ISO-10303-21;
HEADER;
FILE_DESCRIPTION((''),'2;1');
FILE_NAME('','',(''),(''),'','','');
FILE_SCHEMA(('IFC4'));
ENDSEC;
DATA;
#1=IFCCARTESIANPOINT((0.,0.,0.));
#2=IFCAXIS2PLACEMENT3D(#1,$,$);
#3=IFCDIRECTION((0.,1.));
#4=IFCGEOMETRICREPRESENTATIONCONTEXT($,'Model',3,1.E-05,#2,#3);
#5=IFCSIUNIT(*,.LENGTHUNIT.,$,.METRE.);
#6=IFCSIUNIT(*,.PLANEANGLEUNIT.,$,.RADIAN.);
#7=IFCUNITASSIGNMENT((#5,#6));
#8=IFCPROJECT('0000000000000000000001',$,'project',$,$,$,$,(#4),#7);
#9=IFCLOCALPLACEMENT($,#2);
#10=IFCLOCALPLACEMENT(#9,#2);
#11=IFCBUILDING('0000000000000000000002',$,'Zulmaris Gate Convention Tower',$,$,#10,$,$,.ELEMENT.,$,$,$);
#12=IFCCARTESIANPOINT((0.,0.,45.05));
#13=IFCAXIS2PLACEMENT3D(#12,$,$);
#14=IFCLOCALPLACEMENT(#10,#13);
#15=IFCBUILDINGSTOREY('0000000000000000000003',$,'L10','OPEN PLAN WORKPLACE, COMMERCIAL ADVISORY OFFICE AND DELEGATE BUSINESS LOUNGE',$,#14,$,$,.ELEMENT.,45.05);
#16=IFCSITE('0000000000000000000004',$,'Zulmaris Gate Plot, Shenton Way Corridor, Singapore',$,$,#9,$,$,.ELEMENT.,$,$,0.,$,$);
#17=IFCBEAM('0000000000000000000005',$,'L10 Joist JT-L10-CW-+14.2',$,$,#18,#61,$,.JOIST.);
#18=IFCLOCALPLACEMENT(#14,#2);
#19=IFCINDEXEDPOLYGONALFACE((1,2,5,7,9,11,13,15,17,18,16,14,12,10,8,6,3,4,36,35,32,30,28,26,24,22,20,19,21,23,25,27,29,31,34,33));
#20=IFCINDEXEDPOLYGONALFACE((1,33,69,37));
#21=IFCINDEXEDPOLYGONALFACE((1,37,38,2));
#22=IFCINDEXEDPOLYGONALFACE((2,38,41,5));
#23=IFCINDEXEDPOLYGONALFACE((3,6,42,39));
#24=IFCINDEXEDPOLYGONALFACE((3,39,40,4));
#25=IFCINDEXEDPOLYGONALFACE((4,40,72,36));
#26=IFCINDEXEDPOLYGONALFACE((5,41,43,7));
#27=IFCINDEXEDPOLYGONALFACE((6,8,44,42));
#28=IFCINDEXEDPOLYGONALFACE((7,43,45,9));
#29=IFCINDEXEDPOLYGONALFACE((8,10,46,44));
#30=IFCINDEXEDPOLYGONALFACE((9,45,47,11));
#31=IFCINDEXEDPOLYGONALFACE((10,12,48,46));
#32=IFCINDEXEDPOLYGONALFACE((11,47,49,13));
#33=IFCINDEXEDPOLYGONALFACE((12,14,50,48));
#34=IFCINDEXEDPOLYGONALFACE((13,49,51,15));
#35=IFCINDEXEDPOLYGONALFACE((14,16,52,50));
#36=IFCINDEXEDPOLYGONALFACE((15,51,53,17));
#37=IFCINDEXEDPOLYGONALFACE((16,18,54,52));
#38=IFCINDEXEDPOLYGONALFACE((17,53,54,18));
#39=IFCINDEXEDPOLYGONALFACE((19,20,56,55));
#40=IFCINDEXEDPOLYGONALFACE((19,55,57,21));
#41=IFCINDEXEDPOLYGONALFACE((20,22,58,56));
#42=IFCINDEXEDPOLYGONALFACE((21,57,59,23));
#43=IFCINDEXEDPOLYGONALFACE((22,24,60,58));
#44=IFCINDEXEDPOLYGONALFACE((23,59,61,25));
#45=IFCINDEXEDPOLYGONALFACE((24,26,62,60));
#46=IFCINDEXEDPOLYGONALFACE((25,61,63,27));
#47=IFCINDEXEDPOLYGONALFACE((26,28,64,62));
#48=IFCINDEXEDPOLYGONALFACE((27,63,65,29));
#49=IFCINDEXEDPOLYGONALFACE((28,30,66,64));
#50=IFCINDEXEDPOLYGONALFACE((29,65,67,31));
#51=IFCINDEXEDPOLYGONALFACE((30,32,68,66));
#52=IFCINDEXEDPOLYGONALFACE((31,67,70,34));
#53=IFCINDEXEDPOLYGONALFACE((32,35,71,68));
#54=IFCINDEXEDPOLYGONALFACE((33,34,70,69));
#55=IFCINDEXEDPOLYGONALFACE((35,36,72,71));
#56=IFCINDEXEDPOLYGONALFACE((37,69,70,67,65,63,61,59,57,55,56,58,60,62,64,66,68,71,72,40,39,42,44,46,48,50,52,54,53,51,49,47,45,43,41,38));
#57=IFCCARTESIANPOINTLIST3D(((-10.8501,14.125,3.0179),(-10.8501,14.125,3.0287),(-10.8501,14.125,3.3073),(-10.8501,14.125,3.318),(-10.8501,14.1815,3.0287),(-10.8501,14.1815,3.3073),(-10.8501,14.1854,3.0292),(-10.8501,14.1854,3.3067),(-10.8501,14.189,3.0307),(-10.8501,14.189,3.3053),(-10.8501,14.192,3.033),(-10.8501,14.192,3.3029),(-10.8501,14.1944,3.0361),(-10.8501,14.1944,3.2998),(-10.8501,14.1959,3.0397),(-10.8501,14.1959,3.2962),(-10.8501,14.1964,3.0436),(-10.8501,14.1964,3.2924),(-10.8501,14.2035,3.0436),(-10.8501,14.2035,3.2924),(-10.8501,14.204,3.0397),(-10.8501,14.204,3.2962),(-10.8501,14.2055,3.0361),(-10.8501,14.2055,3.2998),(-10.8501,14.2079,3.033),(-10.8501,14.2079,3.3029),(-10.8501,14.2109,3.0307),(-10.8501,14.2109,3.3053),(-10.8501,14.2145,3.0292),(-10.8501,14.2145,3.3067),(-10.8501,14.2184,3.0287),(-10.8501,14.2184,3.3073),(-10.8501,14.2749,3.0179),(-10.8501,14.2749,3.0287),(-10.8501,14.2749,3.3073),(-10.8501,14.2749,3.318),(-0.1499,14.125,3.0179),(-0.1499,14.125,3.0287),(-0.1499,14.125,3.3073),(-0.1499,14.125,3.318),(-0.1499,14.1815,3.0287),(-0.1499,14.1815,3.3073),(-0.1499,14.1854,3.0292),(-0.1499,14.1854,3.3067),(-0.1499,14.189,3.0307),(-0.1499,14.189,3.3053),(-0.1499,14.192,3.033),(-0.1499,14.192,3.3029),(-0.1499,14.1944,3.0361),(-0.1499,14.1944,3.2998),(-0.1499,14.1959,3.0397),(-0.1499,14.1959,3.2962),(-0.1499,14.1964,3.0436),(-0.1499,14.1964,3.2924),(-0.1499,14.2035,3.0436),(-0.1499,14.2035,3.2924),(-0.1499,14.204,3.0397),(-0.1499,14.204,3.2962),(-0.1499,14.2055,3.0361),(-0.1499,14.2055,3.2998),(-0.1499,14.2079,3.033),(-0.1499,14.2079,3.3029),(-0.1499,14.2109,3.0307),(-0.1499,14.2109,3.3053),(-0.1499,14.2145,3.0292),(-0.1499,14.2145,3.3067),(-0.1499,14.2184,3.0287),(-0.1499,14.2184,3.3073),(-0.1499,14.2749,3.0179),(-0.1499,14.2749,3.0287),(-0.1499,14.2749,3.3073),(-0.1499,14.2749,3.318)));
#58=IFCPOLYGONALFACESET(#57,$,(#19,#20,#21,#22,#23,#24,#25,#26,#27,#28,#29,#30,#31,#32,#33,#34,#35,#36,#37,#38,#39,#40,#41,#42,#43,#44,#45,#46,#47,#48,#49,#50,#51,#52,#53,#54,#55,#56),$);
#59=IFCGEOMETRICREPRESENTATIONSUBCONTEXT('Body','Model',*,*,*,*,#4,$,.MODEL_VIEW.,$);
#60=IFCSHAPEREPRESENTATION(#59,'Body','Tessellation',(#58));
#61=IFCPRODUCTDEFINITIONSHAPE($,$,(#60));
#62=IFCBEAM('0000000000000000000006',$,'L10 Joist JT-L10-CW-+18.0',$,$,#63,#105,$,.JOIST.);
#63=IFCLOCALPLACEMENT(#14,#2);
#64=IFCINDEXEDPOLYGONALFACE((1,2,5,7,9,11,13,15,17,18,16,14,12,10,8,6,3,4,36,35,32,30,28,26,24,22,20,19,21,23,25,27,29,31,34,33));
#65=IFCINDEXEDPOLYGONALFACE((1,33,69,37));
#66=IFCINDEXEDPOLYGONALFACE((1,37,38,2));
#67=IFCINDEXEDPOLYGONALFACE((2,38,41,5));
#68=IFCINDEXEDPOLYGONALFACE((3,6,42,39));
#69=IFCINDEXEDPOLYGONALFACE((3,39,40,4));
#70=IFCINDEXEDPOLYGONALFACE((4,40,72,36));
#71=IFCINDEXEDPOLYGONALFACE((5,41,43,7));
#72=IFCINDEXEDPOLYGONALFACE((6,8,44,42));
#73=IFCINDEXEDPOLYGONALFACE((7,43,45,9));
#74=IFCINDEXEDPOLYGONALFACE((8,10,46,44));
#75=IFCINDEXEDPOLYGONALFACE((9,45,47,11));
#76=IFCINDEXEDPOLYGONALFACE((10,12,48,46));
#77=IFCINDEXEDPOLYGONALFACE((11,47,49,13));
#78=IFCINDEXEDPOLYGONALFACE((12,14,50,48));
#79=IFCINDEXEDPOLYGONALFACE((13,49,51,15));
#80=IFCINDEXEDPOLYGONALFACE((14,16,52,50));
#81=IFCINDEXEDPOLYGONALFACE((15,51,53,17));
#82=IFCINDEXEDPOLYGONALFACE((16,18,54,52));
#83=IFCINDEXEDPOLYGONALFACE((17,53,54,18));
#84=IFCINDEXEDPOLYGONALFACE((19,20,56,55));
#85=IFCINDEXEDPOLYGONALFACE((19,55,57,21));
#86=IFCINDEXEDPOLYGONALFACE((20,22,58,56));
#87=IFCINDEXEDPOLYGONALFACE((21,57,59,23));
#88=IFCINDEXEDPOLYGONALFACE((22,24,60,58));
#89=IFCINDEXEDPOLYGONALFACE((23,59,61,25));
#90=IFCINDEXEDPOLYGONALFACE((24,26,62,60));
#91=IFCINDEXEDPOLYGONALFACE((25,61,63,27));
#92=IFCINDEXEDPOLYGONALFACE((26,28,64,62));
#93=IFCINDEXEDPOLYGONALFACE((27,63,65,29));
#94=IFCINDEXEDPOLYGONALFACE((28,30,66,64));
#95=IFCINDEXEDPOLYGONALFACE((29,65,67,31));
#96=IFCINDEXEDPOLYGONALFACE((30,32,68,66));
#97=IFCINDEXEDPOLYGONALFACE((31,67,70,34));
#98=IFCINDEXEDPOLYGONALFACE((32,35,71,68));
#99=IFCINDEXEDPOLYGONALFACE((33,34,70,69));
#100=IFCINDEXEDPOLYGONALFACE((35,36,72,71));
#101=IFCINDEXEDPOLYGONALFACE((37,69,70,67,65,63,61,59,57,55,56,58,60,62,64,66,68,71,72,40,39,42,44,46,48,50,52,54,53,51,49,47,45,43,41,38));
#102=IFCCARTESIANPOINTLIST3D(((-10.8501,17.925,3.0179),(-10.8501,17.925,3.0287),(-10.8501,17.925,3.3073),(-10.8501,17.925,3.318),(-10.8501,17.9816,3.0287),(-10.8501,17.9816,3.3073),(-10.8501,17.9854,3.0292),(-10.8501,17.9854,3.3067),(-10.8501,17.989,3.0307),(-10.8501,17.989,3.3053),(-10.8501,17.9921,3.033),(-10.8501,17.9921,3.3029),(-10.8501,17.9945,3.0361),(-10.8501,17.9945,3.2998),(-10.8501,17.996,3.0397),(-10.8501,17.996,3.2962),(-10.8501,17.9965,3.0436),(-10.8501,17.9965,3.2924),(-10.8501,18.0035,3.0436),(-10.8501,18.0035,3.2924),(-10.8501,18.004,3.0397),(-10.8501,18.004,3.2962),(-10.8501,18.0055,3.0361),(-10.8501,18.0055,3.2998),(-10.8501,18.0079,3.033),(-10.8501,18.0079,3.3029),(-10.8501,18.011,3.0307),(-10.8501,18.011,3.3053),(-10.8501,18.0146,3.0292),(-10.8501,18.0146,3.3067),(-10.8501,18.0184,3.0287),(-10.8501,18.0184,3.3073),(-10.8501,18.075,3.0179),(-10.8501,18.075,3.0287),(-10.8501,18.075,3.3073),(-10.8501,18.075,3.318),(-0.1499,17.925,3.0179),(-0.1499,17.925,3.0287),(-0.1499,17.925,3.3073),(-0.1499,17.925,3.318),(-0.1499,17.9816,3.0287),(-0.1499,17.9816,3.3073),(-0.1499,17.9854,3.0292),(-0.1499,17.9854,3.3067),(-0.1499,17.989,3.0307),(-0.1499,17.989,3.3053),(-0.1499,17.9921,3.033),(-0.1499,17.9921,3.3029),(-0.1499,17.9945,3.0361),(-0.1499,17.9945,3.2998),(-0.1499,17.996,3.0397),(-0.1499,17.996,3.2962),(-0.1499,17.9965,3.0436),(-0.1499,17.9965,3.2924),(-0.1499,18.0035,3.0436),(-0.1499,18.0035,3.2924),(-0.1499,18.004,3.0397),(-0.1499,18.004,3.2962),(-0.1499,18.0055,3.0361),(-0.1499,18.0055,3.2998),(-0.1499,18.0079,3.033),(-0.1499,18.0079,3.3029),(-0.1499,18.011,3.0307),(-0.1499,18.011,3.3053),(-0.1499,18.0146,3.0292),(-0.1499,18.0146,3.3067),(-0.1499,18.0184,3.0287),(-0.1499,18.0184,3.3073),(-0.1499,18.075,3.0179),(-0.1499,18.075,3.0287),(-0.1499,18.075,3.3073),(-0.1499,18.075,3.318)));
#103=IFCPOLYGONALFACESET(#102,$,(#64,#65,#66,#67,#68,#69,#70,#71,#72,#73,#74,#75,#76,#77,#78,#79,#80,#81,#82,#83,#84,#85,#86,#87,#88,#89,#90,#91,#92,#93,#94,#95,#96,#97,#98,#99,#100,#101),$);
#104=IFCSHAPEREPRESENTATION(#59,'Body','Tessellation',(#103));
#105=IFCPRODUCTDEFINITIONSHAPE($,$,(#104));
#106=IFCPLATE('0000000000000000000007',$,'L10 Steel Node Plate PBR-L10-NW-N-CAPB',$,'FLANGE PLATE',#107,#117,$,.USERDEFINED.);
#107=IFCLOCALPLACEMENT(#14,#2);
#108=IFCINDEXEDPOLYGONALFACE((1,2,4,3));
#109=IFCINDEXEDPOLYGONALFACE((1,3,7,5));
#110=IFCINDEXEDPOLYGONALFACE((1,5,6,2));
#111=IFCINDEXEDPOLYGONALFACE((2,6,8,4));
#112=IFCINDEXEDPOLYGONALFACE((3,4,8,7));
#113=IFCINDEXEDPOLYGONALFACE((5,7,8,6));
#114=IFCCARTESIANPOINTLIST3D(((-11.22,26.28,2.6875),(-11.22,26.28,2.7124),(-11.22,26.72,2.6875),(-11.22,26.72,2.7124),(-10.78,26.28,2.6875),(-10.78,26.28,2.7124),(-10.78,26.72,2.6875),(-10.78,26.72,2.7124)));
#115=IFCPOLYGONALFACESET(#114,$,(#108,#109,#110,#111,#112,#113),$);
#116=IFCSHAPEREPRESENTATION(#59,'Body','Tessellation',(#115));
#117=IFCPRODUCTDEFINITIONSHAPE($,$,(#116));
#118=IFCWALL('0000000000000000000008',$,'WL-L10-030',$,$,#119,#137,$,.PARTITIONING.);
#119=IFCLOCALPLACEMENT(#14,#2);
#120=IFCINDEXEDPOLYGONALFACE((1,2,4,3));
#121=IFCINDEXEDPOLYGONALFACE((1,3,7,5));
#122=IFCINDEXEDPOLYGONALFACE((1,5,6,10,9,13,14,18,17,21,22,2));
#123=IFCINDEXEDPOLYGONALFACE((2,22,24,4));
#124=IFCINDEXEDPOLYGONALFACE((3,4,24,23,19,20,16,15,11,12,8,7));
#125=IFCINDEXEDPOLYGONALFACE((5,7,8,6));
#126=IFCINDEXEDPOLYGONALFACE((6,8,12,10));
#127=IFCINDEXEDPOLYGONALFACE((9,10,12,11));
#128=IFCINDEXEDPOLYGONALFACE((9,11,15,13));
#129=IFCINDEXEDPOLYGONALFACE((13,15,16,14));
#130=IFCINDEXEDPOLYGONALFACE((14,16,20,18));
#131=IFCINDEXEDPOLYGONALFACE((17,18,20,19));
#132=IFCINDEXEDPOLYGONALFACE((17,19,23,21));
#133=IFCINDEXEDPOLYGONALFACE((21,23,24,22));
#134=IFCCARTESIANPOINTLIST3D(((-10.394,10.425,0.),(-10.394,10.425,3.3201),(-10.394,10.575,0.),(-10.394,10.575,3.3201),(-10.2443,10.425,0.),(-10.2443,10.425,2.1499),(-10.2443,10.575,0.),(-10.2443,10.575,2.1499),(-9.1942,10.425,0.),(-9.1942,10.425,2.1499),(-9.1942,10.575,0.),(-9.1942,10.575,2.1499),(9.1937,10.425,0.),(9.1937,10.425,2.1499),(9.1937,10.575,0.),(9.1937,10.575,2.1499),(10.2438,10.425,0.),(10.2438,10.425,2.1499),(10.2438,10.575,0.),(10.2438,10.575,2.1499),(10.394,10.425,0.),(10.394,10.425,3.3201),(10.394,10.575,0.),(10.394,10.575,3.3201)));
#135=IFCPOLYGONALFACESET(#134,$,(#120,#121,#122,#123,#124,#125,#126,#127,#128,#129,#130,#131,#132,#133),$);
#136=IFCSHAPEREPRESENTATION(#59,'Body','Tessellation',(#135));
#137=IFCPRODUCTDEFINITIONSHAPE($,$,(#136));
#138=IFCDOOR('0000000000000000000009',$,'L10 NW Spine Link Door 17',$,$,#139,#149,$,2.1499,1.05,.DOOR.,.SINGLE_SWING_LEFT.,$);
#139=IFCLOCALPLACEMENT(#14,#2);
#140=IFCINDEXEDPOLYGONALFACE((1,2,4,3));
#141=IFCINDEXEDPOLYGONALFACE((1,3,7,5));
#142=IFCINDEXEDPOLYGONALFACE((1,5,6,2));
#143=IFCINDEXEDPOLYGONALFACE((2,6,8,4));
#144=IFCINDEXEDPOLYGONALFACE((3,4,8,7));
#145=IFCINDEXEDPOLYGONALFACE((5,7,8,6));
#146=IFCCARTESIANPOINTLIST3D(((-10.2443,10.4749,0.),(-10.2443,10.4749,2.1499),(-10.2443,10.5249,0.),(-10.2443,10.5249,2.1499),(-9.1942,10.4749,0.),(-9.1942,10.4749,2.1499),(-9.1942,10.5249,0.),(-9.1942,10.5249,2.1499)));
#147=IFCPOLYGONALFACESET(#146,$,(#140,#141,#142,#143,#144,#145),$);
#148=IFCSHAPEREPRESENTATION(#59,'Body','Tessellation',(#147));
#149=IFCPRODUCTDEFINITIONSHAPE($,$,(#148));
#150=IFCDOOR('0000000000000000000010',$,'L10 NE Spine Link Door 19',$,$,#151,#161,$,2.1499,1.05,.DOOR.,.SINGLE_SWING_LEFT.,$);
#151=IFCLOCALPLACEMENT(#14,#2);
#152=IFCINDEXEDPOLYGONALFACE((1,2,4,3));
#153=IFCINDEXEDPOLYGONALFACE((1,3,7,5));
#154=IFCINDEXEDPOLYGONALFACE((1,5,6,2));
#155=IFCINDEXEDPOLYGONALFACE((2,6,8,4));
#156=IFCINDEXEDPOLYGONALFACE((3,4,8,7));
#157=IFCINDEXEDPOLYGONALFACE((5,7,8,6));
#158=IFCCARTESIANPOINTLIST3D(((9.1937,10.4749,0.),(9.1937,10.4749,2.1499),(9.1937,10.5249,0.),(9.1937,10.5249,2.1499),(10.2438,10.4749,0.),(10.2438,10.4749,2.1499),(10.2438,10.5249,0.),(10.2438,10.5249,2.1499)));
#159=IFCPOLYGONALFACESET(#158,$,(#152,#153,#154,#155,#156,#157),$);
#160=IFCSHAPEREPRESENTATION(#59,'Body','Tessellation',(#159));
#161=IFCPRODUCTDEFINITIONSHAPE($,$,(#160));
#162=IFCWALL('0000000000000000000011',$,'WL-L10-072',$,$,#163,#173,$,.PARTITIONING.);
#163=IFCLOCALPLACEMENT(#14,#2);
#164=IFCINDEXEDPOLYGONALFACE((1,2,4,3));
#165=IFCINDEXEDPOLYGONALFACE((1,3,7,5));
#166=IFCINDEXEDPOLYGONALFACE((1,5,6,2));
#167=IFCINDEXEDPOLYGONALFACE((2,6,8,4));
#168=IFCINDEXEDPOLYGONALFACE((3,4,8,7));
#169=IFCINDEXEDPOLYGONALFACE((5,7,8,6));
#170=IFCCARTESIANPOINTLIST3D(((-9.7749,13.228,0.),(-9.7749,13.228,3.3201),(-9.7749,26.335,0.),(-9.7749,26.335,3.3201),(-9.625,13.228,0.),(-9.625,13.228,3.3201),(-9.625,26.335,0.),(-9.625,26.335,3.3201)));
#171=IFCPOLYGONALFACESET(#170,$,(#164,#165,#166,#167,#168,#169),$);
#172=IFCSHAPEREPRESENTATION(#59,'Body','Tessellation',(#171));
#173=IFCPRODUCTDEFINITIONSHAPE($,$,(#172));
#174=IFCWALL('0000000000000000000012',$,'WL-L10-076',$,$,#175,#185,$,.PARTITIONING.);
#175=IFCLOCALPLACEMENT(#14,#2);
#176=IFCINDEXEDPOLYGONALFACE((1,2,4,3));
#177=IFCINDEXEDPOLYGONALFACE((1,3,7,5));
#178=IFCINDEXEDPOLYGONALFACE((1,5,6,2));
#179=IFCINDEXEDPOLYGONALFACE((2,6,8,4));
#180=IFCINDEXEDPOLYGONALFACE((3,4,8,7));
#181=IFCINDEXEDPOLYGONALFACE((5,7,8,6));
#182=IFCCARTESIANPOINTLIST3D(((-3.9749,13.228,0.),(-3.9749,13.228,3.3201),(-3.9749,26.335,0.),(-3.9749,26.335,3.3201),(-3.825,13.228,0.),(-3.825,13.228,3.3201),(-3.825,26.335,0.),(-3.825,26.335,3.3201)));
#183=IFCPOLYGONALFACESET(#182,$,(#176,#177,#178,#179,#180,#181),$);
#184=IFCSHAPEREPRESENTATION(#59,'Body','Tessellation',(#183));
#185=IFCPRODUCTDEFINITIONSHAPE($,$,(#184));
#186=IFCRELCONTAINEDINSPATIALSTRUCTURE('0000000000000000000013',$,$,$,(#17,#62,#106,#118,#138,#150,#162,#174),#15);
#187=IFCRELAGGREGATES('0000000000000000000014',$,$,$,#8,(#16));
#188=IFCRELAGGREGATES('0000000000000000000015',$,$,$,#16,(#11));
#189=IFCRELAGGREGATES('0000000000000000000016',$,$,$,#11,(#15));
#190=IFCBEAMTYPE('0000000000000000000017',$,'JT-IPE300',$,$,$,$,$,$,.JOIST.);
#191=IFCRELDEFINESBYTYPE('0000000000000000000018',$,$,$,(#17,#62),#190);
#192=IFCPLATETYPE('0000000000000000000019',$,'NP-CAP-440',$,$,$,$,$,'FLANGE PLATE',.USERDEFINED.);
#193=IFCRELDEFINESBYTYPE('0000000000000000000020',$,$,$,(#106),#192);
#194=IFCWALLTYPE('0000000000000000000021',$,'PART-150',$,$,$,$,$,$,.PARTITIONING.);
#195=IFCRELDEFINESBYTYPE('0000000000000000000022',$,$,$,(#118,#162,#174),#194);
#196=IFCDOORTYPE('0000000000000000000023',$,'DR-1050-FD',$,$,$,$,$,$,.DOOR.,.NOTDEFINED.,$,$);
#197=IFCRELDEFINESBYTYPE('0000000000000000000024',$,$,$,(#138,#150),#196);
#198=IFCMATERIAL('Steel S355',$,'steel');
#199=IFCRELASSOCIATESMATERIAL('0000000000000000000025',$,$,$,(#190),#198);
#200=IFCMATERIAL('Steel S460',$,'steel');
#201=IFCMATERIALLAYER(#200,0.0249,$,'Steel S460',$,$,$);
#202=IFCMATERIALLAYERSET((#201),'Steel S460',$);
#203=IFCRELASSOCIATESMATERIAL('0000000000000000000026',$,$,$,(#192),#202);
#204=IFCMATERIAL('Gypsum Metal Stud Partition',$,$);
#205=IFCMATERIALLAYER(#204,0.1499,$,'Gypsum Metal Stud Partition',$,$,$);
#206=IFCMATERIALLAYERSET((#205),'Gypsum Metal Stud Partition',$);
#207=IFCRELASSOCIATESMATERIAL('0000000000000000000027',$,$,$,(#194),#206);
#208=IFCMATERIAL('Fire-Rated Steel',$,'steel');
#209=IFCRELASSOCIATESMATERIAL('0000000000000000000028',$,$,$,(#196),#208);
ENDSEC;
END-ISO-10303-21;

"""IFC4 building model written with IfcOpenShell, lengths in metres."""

from ifc_helpers import new_model, si_unit, direction, frame, frame_2d, origin, origin_2d, place, context, subcontext, project, spatial, rectangle, i_section, extrude, material, layer, layer_set, material_profile, profile_set, type_object, element, fill, save


model = new_model("IFC4")

# Units and contexts
model_context = context("Model", 3, precision=1e-05, world=origin(), true_north=direction((0.0, 1.0)))
body_context = subcontext(model_context, "Body", "Model", "MODEL_VIEW")
ifc_project = project(units=[si_unit("LENGTHUNIT", "METRE"), si_unit("PLANEANGLEUNIT", "RADIAN")], contexts=[model_context])

# Site, building, storey
site_placement = place(None, origin())
site = spatial("IfcSite", under=ifc_project, at=site_placement, Name="Zulmaris Gate Plot, Shenton Way Corridor, Singapore", CompositionType="ELEMENT", RefElevation=0.0)
building_placement = place(site_placement, origin())
building = spatial("IfcBuilding", under=site, at=building_placement, Name="Zulmaris Gate Convention Tower", CompositionType="ELEMENT")
storey_placement = place(building_placement, frame((0.0, 0.0, 45.05)))
storey = spatial("IfcBuildingStorey", under=building, at=storey_placement, Name="L10", Description="OPEN PLAN WORKPLACE, COMMERCIAL ADVISORY OFFICE AND DELEGATE BUSINESS LOUNGE", CompositionType="ELEMENT", Elevation=45.05)

# Beams
ifc_material_1 = material(Name="Steel S355", Category="steel")
ifc_material_profile_1 = material_profile(ifc_material_1, i_section(OverallWidth=0.1499, OverallDepth=0.3, WebThickness=0.0071, FlangeThickness=0.0107, FilletRadius=0.0149, at=origin_2d()), Name="IPE 300")
ifc_profile_set_1 = profile_set([ifc_material_profile_1], Name="Steel S355")
beam_type_1 = type_object("IfcBeamType", Name="JT-IPE300", PredefinedType="JOIST", material=ifc_profile_set_1)
for number, where, z_axis, x_axis, name in (
    (1, (-10.8501, 14.2, 3.168), (1.0, 0.0, 0.0), (0.0, 1.0, 0.0), "L10 Joist JT-L10-CW-+14.2"),
    (2, (-10.8501, 18.0, 3.168), (1.0, 0.0, 0.0), (0.0, 1.0, 0.0), "L10 Joist JT-L10-CW-+18.0"),
):
    element("IfcBeam", number, at=place(storey_placement, frame(where, z_axis=z_axis, x_axis=x_axis)), inside=storey, type_object=beam_type_1, Name=name, PredefinedType="JOIST", context=body_context, shape_type="SweptSolid", body=[
        extrude(i_section(OverallWidth=0.1499, OverallDepth=0.3, WebThickness=0.0071, FlangeThickness=0.0107, FilletRadius=0.0149, at=origin_2d()), origin(), (0.0, 0.0, 1.0), 10.7002),
    ])

# Plate
ifc_material_2 = material(Name="Steel S460", Category="steel")
ifc_layer_1 = layer(ifc_material_2, 0.0249, Name="Steel S460")
ifc_layer_set_1 = layer_set([ifc_layer_1], Name="Steel S460")
plate_type = type_object("IfcPlateType", Name="NP-CAP-440", ElementType="FLANGE PLATE", PredefinedType="USERDEFINED", material=ifc_layer_set_1)
plate_placement = place(storey_placement, frame((-11.0, 26.5, 2.6875), z_axis=(0.0, 0.0, 1.0), x_axis=(1.0, 0.0, 0.0)))
element("IfcPlate", 3, at=plate_placement, inside=storey, type_object=plate_type, Name="L10 Steel Node Plate PBR-L10-NW-N-CAPB", ObjectType="FLANGE PLATE", PredefinedType="USERDEFINED", context=body_context, shape_type="SweptSolid", body=[
    extrude(rectangle(XDim=0.4399, YDim=0.4399, at=origin_2d()), origin(), (0.0, 0.0, 1.0), 0.0249),
])

# Wall, openings, doors
ifc_material_3 = material(Name="Gypsum Metal Stud Partition")
ifc_layer_2 = layer(ifc_material_3, 0.1499, Name="Gypsum Metal Stud Partition")
ifc_layer_set_2 = layer_set([ifc_layer_2], Name="Gypsum Metal Stud Partition")
wall_type_1 = type_object("IfcWallType", Name="PART-150", PredefinedType="PARTITIONING", material=ifc_layer_set_2)
wall_1_placement = place(storey_placement, frame((-10.394, 10.5, 0.0), z_axis=(0.0, 0.0, 1.0), x_axis=(1.0, 0.0, 0.0)))
wall_1 = element("IfcWall", 4, at=wall_1_placement, inside=storey, type_object=wall_type_1, Name="WL-L10-030", PredefinedType="PARTITIONING", context=body_context, shape_type="SweptSolid", body=[
    extrude(rectangle(XDim=20.7881, YDim=0.1499, at=frame_2d((10.394, 0.0))), origin(), (0.0, 0.0, 1.0), 3.3201),
])
opening_1_placement = place(wall_1_placement, frame((0.1499, 0.0, 0.0)))
opening_1 = element("IfcOpeningElement", 5, at=opening_1_placement, cuts=wall_1, PredefinedType="OPENING", context=body_context, shape_type="SweptSolid", body=[
    extrude(rectangle(XDim=1.05, YDim=2.1499, at=frame_2d((0.5249, 1.075))), frame((0.0, 0.085, 0.0), z_axis=(0.0, -1.0, 0.0), x_axis=(1.0, 0.0, 0.0)), (0.0, 0.0, 1.0), 0.1699),
])
opening_2_placement = place(wall_1_placement, frame((19.5879, 0.0, 0.0)))
opening_2 = element("IfcOpeningElement", 6, at=opening_2_placement, cuts=wall_1, PredefinedType="OPENING", context=body_context, shape_type="SweptSolid", body=[
    extrude(rectangle(XDim=1.05, YDim=2.1499, at=frame_2d((0.5249, 1.075))), frame((0.0, 0.085, 0.0), z_axis=(0.0, -1.0, 0.0), x_axis=(1.0, 0.0, 0.0)), (0.0, 0.0, 1.0), 0.1699),
])
ifc_material_4 = material(Name="Fire-Rated Steel", Category="steel")
door_type_1 = type_object("IfcDoorType", Name="DR-1050-FD", OperationType="NOTDEFINED", PredefinedType="DOOR", material=ifc_material_4)
door_1_placement = place(opening_1_placement, origin())
door_1 = element("IfcDoor", 7, at=door_1_placement, inside=storey, type_object=door_type_1, Name="L10 NW Spine Link Door 17", OperationType="SINGLE_SWING_LEFT", OverallHeight=2.1499, OverallWidth=1.05, PredefinedType="DOOR", context=body_context, shape_type="SweptSolid", body=[
    extrude(rectangle(XDim=1.05, YDim=2.1499, at=frame_2d((0.5249, 1.075))), frame((0.0, 0.0249, 0.0), z_axis=(0.0, -1.0, 0.0), x_axis=(1.0, 0.0, 0.0)), (0.0, 0.0, 1.0), 0.05),
])
fill(opening_1, door_1)
door_2_placement = place(opening_2_placement, origin())
door_2 = element("IfcDoor", 8, at=door_2_placement, inside=storey, type_object=door_type_1, Name="L10 NE Spine Link Door 19", OperationType="SINGLE_SWING_LEFT", OverallHeight=2.1499, OverallWidth=1.05, PredefinedType="DOOR", context=body_context, shape_type="SweptSolid", body=[
    extrude(rectangle(XDim=1.05, YDim=2.1499, at=frame_2d((0.5249, 1.075))), frame((0.0, 0.0249, 0.0), z_axis=(0.0, -1.0, 0.0), x_axis=(1.0, 0.0, 0.0)), (0.0, 0.0, 1.0), 0.05),
])
fill(opening_2, door_2)

# Walls
for number, where, z_axis, x_axis, name in (
    (9, (-9.7, 13.228, 0.0), (0.0, 0.0, 1.0), (0.0, 1.0, 0.0), "WL-L10-072"),
    (10, (-3.8999, 13.228, 0.0), (0.0, 0.0, 1.0), (0.0, 1.0, 0.0), "WL-L10-076"),
):
    element("IfcWall", number, at=place(storey_placement, frame(where, z_axis=z_axis, x_axis=x_axis)), inside=storey, type_object=wall_type_1, Name=name, PredefinedType="PARTITIONING", context=body_context, shape_type="SweptSolid", body=[
        extrude(rectangle(XDim=13.1069, YDim=0.1499, at=frame_2d((6.5535, 0.0))), origin(), (0.0, 0.0, 1.0), 3.3201),
    ])

save(model, "model.ifc")
